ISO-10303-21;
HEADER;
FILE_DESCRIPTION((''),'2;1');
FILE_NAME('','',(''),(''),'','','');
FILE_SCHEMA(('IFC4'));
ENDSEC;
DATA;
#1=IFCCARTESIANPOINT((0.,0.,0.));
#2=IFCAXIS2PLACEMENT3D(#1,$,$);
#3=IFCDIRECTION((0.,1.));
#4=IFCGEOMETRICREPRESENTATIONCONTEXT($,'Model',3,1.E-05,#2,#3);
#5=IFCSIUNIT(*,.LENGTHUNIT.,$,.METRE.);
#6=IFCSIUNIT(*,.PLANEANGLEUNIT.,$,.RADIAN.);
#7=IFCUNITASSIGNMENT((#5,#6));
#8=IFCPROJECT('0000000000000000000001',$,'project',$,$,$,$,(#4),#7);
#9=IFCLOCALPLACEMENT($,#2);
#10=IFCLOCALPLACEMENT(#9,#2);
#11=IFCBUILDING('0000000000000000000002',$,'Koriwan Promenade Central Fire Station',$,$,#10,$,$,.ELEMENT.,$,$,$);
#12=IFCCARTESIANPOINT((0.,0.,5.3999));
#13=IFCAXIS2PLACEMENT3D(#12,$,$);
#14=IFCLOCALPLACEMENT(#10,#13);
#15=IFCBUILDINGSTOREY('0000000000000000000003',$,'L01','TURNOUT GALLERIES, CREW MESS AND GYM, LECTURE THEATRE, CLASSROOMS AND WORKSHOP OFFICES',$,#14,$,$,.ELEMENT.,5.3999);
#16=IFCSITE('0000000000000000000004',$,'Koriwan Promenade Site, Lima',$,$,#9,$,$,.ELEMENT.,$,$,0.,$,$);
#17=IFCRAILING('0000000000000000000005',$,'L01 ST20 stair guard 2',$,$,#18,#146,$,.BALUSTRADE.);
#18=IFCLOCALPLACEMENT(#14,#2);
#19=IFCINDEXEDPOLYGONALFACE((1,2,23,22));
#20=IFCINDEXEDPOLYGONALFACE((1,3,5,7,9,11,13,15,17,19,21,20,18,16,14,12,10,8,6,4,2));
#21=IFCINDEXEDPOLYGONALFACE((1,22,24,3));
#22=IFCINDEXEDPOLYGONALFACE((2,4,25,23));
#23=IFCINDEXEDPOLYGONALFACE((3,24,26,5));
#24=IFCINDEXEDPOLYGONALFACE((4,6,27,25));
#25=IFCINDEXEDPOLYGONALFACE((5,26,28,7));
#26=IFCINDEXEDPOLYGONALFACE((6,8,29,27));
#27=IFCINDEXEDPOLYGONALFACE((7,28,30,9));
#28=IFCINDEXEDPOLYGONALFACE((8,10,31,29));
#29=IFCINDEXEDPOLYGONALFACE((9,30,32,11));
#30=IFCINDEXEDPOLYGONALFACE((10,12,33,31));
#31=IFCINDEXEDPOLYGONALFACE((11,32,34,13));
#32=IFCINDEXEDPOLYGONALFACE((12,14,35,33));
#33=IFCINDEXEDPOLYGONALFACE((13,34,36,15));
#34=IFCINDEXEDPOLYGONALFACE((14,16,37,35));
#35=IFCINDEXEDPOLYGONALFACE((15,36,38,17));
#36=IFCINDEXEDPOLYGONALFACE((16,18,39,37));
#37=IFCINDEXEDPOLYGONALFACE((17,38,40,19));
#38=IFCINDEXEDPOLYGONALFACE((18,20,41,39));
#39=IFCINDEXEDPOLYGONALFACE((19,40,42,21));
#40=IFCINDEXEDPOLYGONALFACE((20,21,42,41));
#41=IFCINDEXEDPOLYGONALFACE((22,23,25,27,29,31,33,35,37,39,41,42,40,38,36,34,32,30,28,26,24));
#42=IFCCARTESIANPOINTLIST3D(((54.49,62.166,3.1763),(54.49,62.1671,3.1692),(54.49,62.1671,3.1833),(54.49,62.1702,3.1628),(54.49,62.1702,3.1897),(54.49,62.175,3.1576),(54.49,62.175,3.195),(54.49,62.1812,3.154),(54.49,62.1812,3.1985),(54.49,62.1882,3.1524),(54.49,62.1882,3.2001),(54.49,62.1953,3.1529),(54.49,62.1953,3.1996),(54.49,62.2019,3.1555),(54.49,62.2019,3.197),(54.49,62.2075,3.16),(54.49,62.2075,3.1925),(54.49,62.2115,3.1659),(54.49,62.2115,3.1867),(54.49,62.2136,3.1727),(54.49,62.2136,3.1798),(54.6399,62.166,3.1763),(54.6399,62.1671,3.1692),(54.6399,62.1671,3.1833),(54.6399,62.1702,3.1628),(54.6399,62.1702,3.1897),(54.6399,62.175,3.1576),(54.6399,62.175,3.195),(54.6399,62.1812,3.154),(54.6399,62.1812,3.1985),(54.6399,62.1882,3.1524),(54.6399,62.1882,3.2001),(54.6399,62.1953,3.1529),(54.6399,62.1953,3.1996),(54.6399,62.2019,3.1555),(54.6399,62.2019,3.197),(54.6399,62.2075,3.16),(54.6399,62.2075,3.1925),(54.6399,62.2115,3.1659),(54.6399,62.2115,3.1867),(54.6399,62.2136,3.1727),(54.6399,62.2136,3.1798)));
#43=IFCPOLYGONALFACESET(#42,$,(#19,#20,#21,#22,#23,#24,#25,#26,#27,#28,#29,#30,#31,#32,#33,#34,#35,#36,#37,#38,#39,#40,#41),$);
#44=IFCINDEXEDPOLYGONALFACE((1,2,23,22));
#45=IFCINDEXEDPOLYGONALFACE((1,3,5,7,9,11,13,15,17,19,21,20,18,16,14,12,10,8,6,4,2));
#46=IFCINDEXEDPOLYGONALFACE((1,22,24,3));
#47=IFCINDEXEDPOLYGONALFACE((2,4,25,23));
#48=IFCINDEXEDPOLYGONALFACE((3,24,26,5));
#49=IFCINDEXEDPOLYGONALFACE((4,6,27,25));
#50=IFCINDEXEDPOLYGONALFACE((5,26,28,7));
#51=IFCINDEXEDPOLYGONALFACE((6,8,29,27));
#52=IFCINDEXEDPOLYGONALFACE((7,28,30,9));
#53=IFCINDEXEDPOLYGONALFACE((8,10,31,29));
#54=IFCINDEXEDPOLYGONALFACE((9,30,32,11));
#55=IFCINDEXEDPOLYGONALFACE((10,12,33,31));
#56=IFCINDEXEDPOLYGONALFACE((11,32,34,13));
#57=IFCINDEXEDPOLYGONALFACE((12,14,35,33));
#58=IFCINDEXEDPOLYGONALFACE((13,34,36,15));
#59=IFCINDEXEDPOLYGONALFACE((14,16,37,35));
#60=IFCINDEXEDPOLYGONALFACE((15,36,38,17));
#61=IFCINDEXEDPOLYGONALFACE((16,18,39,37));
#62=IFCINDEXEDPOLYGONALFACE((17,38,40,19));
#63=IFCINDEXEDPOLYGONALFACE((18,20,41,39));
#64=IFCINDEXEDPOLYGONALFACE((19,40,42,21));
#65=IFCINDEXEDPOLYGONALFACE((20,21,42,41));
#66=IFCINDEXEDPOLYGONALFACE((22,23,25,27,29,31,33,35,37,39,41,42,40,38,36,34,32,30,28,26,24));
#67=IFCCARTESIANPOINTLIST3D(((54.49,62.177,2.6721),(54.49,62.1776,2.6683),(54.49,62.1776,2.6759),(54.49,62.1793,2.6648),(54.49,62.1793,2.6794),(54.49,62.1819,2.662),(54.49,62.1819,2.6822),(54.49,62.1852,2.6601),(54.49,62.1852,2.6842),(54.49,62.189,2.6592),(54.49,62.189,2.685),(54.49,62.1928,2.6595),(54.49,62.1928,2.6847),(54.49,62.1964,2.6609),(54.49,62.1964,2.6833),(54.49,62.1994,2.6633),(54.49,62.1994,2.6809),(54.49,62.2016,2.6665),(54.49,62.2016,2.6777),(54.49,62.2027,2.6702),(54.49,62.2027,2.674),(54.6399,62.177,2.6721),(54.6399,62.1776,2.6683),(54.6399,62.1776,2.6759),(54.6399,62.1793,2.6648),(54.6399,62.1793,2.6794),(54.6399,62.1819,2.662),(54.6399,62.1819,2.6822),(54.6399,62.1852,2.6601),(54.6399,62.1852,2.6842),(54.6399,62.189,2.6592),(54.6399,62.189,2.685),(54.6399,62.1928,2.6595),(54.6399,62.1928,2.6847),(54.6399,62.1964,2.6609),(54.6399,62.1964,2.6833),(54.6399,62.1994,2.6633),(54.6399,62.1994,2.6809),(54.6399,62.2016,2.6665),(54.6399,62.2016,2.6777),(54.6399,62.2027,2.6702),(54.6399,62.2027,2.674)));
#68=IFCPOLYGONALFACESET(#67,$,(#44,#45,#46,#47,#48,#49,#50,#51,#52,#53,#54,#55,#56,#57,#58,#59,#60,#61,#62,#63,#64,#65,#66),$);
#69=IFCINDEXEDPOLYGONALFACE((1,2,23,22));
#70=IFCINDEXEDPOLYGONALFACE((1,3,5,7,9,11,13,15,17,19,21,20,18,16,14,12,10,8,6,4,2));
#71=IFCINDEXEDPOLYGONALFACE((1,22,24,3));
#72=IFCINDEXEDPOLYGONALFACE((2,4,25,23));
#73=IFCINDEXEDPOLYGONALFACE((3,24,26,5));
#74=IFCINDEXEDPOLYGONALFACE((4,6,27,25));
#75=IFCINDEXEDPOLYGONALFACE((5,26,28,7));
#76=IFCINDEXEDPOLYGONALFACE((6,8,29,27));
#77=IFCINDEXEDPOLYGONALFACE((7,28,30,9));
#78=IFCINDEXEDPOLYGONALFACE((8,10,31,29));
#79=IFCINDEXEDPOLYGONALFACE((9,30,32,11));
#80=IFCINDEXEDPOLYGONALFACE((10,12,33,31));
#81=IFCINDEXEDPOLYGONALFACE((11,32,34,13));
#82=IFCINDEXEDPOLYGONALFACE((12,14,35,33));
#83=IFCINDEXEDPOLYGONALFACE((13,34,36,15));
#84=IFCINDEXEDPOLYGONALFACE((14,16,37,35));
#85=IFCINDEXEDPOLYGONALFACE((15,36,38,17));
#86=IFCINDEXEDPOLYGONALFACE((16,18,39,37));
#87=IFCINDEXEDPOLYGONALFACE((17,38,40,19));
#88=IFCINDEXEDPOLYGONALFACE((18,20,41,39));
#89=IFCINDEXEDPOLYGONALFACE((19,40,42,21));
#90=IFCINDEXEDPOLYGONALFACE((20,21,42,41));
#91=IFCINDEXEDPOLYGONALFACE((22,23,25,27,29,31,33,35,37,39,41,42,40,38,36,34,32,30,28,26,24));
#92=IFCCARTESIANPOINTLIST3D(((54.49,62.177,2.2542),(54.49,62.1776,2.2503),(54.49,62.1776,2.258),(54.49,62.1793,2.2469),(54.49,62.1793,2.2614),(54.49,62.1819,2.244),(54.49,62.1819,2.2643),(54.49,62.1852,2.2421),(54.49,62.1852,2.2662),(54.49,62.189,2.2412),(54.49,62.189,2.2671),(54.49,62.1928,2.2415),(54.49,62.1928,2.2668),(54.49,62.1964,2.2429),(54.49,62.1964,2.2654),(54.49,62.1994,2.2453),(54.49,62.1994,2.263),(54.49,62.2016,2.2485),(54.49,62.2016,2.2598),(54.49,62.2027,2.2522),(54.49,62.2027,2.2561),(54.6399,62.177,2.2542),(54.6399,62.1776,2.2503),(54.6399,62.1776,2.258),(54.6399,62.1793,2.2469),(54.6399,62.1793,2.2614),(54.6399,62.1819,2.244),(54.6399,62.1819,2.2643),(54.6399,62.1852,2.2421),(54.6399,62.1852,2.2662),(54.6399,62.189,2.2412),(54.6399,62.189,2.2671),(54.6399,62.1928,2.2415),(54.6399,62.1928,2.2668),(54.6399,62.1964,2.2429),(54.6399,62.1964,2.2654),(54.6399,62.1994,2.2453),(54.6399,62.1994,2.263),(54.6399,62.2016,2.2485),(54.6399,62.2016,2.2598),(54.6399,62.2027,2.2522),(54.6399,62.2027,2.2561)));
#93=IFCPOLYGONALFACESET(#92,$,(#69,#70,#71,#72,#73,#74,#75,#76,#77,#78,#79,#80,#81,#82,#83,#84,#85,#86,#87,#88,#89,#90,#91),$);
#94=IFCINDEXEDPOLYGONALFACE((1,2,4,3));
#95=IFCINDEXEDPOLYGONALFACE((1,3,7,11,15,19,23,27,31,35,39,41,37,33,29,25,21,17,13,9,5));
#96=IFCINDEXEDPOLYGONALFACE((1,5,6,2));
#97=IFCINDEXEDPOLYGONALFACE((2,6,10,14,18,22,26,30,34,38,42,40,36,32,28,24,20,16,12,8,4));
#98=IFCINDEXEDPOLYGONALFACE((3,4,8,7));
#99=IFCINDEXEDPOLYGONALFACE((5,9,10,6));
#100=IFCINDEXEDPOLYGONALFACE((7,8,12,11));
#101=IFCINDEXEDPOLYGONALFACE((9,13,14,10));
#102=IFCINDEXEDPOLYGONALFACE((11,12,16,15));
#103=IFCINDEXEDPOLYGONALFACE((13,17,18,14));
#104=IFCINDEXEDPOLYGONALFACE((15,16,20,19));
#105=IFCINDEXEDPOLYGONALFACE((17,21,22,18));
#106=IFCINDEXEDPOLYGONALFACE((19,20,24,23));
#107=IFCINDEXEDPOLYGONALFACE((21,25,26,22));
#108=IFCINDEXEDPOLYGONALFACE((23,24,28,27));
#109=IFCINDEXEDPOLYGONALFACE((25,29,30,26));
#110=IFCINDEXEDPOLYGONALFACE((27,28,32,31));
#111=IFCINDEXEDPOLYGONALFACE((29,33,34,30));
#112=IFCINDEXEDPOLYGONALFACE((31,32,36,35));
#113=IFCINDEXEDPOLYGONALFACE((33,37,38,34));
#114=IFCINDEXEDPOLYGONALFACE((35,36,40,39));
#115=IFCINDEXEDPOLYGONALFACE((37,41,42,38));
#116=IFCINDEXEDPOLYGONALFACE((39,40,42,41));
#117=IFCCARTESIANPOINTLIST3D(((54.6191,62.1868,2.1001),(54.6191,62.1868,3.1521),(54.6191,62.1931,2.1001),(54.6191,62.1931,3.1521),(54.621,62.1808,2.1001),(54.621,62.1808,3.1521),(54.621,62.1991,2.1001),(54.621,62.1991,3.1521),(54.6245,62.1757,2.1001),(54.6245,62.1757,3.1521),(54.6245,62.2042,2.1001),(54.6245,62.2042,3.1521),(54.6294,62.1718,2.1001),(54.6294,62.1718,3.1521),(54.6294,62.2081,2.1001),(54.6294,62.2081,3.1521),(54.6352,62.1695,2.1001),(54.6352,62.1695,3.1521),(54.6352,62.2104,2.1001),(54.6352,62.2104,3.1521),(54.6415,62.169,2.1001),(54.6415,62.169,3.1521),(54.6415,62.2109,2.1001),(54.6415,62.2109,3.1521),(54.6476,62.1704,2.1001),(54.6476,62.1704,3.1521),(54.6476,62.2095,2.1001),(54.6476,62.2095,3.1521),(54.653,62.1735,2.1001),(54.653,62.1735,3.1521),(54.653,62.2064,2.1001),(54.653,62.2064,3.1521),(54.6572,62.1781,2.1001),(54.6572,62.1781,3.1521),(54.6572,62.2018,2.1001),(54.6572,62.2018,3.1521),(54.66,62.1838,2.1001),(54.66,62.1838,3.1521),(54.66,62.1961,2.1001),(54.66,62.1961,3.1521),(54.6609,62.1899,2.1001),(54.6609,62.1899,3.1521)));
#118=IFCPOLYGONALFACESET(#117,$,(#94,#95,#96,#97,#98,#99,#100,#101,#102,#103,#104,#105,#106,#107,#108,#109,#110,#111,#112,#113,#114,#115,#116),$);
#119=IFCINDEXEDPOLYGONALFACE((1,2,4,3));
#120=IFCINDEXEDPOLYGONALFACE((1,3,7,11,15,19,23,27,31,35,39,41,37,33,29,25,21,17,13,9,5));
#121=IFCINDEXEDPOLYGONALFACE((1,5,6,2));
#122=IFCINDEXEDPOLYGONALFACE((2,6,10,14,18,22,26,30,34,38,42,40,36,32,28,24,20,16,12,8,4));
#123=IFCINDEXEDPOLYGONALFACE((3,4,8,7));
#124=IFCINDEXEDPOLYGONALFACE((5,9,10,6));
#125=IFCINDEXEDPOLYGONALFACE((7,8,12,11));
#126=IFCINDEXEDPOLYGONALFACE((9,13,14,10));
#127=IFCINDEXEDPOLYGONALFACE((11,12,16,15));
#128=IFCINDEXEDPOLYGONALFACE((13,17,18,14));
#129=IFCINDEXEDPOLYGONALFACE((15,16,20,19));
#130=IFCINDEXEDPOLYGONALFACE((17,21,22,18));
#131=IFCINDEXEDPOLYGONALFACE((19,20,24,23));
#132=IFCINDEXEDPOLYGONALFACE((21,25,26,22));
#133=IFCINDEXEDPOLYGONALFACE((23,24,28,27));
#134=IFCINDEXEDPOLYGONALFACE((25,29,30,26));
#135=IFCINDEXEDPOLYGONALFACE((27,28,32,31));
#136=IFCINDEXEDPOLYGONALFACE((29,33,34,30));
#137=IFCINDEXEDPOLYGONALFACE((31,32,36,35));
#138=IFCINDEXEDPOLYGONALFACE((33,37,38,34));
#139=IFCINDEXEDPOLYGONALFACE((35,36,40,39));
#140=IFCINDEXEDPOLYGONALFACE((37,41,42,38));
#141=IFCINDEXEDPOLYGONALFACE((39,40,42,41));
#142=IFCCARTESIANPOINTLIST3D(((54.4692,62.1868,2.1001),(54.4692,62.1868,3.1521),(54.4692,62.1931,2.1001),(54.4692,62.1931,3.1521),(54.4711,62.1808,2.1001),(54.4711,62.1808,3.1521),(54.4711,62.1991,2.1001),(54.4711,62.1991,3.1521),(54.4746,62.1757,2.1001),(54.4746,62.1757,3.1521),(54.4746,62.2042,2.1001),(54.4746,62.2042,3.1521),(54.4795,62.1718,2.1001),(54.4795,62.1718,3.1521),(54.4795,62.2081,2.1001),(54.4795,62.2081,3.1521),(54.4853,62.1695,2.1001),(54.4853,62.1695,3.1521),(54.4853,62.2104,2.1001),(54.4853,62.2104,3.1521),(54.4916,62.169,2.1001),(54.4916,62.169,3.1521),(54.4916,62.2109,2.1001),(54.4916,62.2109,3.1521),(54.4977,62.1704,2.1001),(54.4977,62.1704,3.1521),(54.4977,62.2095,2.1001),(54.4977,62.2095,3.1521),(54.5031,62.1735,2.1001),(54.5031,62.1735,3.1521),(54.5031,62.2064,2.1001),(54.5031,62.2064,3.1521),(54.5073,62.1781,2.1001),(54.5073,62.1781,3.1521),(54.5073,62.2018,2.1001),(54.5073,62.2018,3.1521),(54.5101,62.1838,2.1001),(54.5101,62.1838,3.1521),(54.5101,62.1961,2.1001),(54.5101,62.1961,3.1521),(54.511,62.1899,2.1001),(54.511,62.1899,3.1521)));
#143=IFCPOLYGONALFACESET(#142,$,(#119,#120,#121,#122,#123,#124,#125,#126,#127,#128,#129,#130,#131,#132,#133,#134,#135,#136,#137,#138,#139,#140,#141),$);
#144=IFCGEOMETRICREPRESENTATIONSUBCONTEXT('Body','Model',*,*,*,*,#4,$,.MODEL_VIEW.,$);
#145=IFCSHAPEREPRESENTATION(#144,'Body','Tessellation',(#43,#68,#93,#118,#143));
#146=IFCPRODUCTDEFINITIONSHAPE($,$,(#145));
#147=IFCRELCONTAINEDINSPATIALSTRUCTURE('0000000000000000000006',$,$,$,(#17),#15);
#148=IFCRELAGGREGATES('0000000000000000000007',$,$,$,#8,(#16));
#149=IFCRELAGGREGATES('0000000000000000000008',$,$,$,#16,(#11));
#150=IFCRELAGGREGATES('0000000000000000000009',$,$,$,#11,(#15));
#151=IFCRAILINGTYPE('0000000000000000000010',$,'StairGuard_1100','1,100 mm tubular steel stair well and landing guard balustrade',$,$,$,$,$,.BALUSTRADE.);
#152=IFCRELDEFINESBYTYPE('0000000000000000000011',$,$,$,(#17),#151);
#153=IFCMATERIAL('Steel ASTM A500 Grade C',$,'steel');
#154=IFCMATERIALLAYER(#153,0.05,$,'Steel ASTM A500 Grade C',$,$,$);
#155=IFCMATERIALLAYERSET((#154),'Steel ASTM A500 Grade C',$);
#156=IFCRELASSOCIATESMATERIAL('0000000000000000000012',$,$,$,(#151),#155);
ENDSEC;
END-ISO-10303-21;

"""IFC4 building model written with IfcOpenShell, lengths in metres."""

from ifc_helpers import new_model, si_unit, direction, frame, origin, origin_2d, place, context, subcontext, project, spatial, circle, extrude, material, layer, layer_set, type_object, element, save


model = new_model("IFC4")

# Units and contexts
model_context = context("Model", 3, precision=1e-05, world=origin(), true_north=direction((0.0, 1.0)))
body_context = subcontext(model_context, "Body", "Model", "MODEL_VIEW")
ifc_project = project(units=[si_unit("LENGTHUNIT", "METRE"), si_unit("PLANEANGLEUNIT", "RADIAN")], contexts=[model_context])

# Site, building, storey
site_placement = place(None, origin())
site = spatial("IfcSite", under=ifc_project, at=site_placement, Name="Koriwan Promenade Site, Lima", CompositionType="ELEMENT", RefElevation=0.0)
building_placement = place(site_placement, origin())
building = spatial("IfcBuilding", under=site, at=building_placement, Name="Koriwan Promenade Central Fire Station", CompositionType="ELEMENT")
storey_placement = place(building_placement, frame((0.0, 0.0, 5.3999)))
storey = spatial("IfcBuildingStorey", under=building, at=storey_placement, Name="L01", Description="TURNOUT GALLERIES, CREW MESS AND GYM, LECTURE THEATRE, CLASSROOMS AND WORKSHOP OFFICES", CompositionType="ELEMENT", Elevation=5.3999)

# Railing
ifc_material_1 = material(Name="Steel ASTM A500 Grade C", Category="steel")
ifc_layer_1 = layer(ifc_material_1, 0.05, Name="Steel ASTM A500 Grade C")
ifc_layer_set_1 = layer_set([ifc_layer_1], Name="Steel ASTM A500 Grade C")
railing_type_1 = type_object("IfcRailingType", Name="StairGuard_1100", Description="1,100 mm tubular steel stair well and landing guard balustrade", PredefinedType="BALUSTRADE", material=ifc_layer_set_1)
railing_1_placement = place(storey_placement, frame((54.6399, 62.1899, 2.1001)))
element("IfcRailing", 1, at=railing_1_placement, inside=storey, type_object=railing_type_1, Name="L01 ST20 stair guard 2", PredefinedType="BALUSTRADE", context=body_context, shape_type="SweptSolid", body=[
    extrude(circle(Radius=0.0239, at=origin_2d()), frame((0.0, 0.0, 1.0762), z_axis=(-1.0, 0.0, 0.0), x_axis=(0.0, -1.0, 0.0)), (0.0, 0.0, 1.0), 0.1499),
    extrude(circle(Radius=0.0129, at=origin_2d()), frame((0.0, 0.0, 0.572), z_axis=(-1.0, 0.0, 0.0), x_axis=(0.0, -1.0, 0.0)), (0.0, 0.0, 1.0), 0.1499),
    extrude(circle(Radius=0.0129, at=origin_2d()), frame((0.0, 0.0, 0.1541), z_axis=(-1.0, 0.0, 0.0), x_axis=(0.0, -1.0, 0.0)), (0.0, 0.0, 1.0), 0.1499),
    extrude(circle(Radius=0.021, at=origin_2d()), origin(), (0.0, 0.0, 1.0), 1.052),
    extrude(circle(Radius=0.021, at=origin_2d()), frame((-0.1499, 0.0, 0.0)), (0.0, 0.0, 1.0), 1.052),
])

save(model, "model.ifc")
